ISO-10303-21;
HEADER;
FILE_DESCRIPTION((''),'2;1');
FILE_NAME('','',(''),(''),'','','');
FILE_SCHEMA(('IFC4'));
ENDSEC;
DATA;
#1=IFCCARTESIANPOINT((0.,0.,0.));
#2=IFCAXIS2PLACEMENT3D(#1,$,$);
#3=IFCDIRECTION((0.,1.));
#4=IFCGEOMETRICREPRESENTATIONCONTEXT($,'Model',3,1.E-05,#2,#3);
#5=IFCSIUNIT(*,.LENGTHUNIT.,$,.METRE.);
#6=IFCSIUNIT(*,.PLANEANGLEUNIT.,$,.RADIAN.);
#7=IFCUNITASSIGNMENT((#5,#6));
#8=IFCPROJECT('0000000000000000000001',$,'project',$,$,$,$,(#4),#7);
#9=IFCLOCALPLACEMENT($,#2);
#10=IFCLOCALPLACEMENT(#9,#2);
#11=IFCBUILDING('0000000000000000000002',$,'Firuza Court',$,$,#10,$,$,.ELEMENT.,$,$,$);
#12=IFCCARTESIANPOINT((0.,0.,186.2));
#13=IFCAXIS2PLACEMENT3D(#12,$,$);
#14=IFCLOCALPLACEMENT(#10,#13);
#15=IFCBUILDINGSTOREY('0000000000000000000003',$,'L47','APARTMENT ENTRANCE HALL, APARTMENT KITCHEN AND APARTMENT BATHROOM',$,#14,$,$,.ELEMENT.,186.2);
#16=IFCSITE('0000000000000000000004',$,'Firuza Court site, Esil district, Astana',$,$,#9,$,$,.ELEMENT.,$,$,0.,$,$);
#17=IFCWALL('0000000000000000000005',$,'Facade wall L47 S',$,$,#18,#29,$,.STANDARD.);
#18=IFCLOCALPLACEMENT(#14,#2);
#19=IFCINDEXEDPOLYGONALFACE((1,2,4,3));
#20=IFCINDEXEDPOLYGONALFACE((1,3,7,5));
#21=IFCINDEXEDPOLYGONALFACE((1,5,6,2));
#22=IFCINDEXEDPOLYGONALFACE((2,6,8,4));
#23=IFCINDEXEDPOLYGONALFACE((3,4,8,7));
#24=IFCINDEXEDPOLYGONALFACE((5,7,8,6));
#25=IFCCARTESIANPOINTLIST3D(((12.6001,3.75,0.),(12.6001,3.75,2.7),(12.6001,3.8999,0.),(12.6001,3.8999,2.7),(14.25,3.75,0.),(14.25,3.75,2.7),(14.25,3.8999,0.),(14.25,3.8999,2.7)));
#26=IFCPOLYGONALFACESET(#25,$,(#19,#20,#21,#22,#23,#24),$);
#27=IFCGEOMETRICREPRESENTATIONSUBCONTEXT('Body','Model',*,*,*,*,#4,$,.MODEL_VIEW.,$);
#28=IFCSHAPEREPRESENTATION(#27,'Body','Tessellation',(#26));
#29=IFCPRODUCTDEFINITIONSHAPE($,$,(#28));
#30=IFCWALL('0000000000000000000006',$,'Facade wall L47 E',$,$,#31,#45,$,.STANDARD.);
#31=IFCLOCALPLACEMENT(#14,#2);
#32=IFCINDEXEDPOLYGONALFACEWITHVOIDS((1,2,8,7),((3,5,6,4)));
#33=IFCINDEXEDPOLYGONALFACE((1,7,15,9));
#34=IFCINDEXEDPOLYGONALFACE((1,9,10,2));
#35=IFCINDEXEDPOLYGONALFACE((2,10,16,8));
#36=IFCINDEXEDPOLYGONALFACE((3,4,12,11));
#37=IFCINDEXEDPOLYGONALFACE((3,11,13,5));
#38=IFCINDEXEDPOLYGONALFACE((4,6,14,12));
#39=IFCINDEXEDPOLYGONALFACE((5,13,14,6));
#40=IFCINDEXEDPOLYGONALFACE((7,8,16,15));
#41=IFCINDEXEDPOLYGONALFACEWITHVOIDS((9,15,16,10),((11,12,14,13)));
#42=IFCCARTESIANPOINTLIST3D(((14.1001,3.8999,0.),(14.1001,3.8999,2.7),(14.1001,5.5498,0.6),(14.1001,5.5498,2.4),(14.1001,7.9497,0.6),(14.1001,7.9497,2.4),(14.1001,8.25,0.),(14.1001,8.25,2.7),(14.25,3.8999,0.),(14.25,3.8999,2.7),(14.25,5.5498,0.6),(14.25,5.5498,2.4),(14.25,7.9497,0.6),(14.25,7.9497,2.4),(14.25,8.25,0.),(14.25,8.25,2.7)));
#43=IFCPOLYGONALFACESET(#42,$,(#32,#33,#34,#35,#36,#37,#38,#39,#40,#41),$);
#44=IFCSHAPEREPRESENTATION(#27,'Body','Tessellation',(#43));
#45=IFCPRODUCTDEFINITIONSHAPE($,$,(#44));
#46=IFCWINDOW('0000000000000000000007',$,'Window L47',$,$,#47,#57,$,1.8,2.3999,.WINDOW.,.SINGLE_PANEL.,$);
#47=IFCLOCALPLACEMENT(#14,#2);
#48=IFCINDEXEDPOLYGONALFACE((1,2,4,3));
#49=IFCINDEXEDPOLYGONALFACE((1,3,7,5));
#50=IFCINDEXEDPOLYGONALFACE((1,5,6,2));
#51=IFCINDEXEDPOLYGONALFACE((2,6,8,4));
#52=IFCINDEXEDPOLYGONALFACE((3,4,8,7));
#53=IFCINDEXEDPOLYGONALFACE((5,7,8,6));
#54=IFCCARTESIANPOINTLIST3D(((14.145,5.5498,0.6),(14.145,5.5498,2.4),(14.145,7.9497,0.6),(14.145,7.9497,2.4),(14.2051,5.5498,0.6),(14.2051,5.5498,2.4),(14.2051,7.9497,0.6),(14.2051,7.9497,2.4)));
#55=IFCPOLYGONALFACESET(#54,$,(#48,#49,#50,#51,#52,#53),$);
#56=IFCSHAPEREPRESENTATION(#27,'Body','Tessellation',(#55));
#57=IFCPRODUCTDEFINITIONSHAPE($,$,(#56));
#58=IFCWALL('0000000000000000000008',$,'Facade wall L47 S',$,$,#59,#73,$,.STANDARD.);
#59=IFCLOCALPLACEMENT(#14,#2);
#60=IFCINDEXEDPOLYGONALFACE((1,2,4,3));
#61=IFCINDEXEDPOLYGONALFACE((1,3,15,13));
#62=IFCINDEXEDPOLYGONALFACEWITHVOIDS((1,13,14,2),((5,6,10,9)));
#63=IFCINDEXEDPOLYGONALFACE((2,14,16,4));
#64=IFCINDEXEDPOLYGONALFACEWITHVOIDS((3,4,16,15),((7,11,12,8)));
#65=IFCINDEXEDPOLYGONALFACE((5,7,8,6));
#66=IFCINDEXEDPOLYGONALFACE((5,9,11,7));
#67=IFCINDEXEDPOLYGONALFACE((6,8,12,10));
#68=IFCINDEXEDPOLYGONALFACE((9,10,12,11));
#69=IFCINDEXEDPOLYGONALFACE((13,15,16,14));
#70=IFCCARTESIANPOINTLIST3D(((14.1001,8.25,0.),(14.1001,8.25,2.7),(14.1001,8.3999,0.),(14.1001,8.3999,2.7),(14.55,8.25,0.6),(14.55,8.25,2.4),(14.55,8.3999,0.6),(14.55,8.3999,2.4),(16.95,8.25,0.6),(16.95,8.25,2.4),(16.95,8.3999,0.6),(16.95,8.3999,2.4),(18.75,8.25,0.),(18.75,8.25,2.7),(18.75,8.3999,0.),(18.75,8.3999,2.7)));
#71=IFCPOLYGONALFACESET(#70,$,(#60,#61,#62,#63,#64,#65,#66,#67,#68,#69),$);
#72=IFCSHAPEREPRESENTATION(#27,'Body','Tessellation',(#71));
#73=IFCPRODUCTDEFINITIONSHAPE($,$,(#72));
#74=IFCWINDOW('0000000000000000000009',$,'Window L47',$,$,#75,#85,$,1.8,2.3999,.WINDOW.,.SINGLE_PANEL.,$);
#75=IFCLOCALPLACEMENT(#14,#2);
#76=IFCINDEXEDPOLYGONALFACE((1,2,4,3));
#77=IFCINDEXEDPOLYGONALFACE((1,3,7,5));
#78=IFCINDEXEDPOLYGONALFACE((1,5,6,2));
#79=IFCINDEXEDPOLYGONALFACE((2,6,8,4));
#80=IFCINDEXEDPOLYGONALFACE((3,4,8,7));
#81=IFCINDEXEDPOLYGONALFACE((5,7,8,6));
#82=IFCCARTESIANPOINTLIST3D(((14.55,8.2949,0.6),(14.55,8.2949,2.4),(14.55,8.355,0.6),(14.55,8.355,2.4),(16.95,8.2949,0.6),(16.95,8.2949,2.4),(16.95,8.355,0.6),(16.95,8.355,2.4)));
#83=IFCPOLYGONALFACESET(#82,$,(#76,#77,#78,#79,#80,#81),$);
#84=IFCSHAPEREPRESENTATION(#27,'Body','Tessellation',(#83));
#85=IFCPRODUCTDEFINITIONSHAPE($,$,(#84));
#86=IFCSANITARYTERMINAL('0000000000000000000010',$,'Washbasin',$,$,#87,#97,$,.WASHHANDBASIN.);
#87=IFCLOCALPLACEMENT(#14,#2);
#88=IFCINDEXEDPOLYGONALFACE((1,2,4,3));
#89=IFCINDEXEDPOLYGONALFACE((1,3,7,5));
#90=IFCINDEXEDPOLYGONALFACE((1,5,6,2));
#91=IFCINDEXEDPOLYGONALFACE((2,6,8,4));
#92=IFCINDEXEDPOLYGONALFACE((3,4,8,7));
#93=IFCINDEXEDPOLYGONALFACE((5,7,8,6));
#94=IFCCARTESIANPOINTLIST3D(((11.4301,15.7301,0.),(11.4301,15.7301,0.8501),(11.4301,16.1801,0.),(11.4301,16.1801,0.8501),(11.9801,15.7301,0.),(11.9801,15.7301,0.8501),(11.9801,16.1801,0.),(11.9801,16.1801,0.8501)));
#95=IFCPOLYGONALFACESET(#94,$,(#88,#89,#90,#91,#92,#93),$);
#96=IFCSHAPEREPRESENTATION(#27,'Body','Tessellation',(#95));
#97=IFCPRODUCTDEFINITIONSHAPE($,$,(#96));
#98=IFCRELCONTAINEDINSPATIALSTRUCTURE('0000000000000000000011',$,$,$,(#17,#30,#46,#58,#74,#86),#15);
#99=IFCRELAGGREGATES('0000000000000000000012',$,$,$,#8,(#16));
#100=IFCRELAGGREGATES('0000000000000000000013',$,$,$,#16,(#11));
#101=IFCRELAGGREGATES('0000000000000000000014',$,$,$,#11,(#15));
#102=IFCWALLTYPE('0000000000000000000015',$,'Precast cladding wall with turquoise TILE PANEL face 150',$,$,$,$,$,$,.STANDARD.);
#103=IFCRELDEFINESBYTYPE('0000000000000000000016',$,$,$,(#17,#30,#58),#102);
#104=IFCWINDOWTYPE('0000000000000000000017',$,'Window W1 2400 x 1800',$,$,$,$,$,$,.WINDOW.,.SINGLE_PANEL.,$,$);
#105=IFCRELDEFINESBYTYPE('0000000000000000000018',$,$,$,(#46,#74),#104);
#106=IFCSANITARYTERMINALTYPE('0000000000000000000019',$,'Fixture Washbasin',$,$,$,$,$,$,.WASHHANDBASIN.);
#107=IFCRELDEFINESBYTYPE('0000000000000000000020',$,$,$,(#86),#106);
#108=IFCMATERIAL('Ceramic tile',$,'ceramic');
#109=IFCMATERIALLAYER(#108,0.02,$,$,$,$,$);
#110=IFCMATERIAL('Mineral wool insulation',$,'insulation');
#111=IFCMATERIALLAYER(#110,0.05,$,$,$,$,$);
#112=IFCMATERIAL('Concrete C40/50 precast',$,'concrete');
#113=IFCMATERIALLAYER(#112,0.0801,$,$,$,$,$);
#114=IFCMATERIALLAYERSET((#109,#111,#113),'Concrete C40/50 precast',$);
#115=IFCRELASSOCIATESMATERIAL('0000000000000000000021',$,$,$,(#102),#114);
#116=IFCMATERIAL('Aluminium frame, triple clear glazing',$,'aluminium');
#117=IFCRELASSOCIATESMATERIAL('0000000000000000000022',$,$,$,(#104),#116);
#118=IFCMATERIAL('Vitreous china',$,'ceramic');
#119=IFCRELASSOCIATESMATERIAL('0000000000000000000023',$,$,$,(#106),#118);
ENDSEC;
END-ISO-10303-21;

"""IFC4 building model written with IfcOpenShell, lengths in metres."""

from ifc_helpers import new_model, si_unit, direction, frame, frame_2d, origin, origin_2d, place, context, subcontext, project, spatial, rectangle, extrude, material, layer, layer_set, type_object, element, fill, save


model = new_model("IFC4")

# Units and contexts
model_context = context("Model", 3, precision=1e-05, world=origin(), true_north=direction((0.0, 1.0)))
body_context = subcontext(model_context, "Body", "Model", "MODEL_VIEW")
ifc_project = project(units=[si_unit("LENGTHUNIT", "METRE"), si_unit("PLANEANGLEUNIT", "RADIAN")], contexts=[model_context])

# Site, building, storey
site_placement = place(None, origin())
site = spatial("IfcSite", under=ifc_project, at=site_placement, Name="Firuza Court site, Esil district, Astana", CompositionType="ELEMENT", RefElevation=0.0)
building_placement = place(site_placement, origin())
building = spatial("IfcBuilding", under=site, at=building_placement, Name="Firuza Court", CompositionType="ELEMENT")
storey_placement = place(building_placement, frame((0.0, 0.0, 186.2)))
storey = spatial("IfcBuildingStorey", under=building, at=storey_placement, Name="L47", Description="APARTMENT ENTRANCE HALL, APARTMENT KITCHEN AND APARTMENT BATHROOM", CompositionType="ELEMENT", Elevation=186.2)

# Wall
ifc_material_1 = material(Name="Ceramic tile", Category="ceramic")
ifc_layer_1 = layer(ifc_material_1, 0.02)
ifc_material_2 = material(Name="Mineral wool insulation", Category="insulation")
ifc_layer_2 = layer(ifc_material_2, 0.05)
ifc_material_3 = material(Name="Concrete C40/50 precast", Category="concrete")
ifc_layer_3 = layer(ifc_material_3, 0.0801)
ifc_layer_set_1 = layer_set([ifc_layer_1, ifc_layer_2, ifc_layer_3], Name="Concrete C40/50 precast")
wall_type_1 = type_object("IfcWallType", Name="Precast cladding wall with turquoise TILE PANEL face 150", PredefinedType="STANDARD", material=ifc_layer_set_1)
wall_1_placement = place(storey_placement, frame((12.6001, 3.825, 0.0), z_axis=(0.0, 0.0, 1.0), x_axis=(1.0, 0.0, 0.0)))
element("IfcWall", 1, at=wall_1_placement, inside=storey, type_object=wall_type_1, Name="Facade wall L47 S", PredefinedType="STANDARD", context=body_context, shape_type="SweptSolid", body=[
    extrude(rectangle(XDim=1.6499, YDim=0.1499, at=frame_2d((0.825, 0.0))), origin(), (0.0, 0.0, 1.0), 2.7),
])

# Walls, openings, windows
wall_2_placement = place(storey_placement, frame((14.175, 3.8999, 0.0), z_axis=(0.0, 0.0, 1.0), x_axis=(0.0, 1.0, 0.0)))
wall_2 = element("IfcWall", 2, at=wall_2_placement, inside=storey, type_object=wall_type_1, Name="Facade wall L47 E", PredefinedType="STANDARD", context=body_context, shape_type="SweptSolid", body=[
    extrude(rectangle(XDim=4.3501, YDim=0.1499, at=frame_2d((2.175, 0.0))), origin(), (0.0, 0.0, 1.0), 2.7),
])
opening_1_placement = place(wall_2_placement, frame((1.6499, 0.0, 0.6001)))
opening_1 = element("IfcOpeningElement", 3, at=opening_1_placement, cuts=wall_2, PredefinedType="OPENING", context=body_context, shape_type="SweptSolid", body=[
    extrude(rectangle(XDim=2.3999, YDim=1.8, at=frame_2d((1.2, 0.8999))), frame((0.0, 0.0869, 0.0), z_axis=(0.0, -1.0, 0.0), x_axis=(1.0, 0.0, 0.0)), (0.0, 0.0, 1.0), 0.1738),
])
ifc_material_4 = material(Name="Aluminium frame, triple clear glazing", Category="aluminium")
window_type = type_object("IfcWindowType", Name="Window W1 2400 x 1800", PartitioningType="SINGLE_PANEL", PredefinedType="WINDOW", material=ifc_material_4)
window_1_placement = place(opening_1_placement, origin())
window_1 = element("IfcWindow", 4, at=window_1_placement, inside=storey, type_object=window_type, Name="Window L47", OverallHeight=1.8, OverallWidth=2.3999, PartitioningType="SINGLE_PANEL", PredefinedType="WINDOW", context=body_context, shape_type="SweptSolid", body=[
    extrude(rectangle(XDim=2.3999, YDim=1.8, at=frame_2d((1.2, 0.8999))), frame((0.0, 0.03, 0.0), z_axis=(0.0, -1.0, 0.0), x_axis=(1.0, 0.0, 0.0)), (0.0, 0.0, 1.0), 0.0601),
])
fill(opening_1, window_1)
wall_3_placement = place(storey_placement, frame((14.1001, 8.325, 0.0), z_axis=(0.0, 0.0, 1.0), x_axis=(1.0, 0.0, 0.0)))
wall_3 = element("IfcWall", 5, at=wall_3_placement, inside=storey, type_object=wall_type_1, Name="Facade wall L47 S", PredefinedType="STANDARD", context=body_context, shape_type="SweptSolid", body=[
    extrude(rectangle(XDim=4.6499, YDim=0.1499, at=frame_2d((2.325, 0.0))), origin(), (0.0, 0.0, 1.0), 2.7),
])
opening_2_placement = place(wall_3_placement, frame((0.45, 0.0, 0.6001)))
opening_2 = element("IfcOpeningElement", 6, at=opening_2_placement, cuts=wall_3, PredefinedType="OPENING", context=body_context, shape_type="SweptSolid", body=[
    extrude(rectangle(XDim=2.3999, YDim=1.8, at=frame_2d((1.2, 0.8999))), frame((0.0, 0.0869, 0.0), z_axis=(0.0, -1.0, 0.0), x_axis=(1.0, 0.0, 0.0)), (0.0, 0.0, 1.0), 0.1738),
])
window_2_placement = place(opening_2_placement, origin())
window_2 = element("IfcWindow", 7, at=window_2_placement, inside=storey, type_object=window_type, Name="Window L47", OverallHeight=1.8, OverallWidth=2.3999, PartitioningType="SINGLE_PANEL", PredefinedType="WINDOW", context=body_context, shape_type="SweptSolid", body=[
    extrude(rectangle(XDim=2.3999, YDim=1.8, at=frame_2d((1.2, 0.8999))), frame((0.0, 0.03, 0.0), z_axis=(0.0, -1.0, 0.0), x_axis=(1.0, 0.0, 0.0)), (0.0, 0.0, 1.0), 0.0601),
])
fill(opening_2, window_2)

# Sanitary terminal
ifc_material_5 = material(Name="Vitreous china", Category="ceramic")
sanitary_terminal_type = type_object("IfcSanitaryTerminalType", Name="Fixture Washbasin", PredefinedType="WASHHANDBASIN", material=ifc_material_5)
sanitary_terminal_placement = place(storey_placement, frame((11.7051, 15.9551, 0.0), z_axis=(0.0, 0.0, 1.0), x_axis=(1.0, 0.0, 0.0)))
element("IfcSanitaryTerminal", 8, at=sanitary_terminal_placement, inside=storey, type_object=sanitary_terminal_type, Name="Washbasin", PredefinedType="WASHHANDBASIN", context=body_context, shape_type="SweptSolid", body=[
    extrude(rectangle(XDim=0.55, YDim=0.45, at=origin_2d()), origin(), (0.0, 0.0, 1.0), 0.8501),
])

save(model, "model.ifc")
